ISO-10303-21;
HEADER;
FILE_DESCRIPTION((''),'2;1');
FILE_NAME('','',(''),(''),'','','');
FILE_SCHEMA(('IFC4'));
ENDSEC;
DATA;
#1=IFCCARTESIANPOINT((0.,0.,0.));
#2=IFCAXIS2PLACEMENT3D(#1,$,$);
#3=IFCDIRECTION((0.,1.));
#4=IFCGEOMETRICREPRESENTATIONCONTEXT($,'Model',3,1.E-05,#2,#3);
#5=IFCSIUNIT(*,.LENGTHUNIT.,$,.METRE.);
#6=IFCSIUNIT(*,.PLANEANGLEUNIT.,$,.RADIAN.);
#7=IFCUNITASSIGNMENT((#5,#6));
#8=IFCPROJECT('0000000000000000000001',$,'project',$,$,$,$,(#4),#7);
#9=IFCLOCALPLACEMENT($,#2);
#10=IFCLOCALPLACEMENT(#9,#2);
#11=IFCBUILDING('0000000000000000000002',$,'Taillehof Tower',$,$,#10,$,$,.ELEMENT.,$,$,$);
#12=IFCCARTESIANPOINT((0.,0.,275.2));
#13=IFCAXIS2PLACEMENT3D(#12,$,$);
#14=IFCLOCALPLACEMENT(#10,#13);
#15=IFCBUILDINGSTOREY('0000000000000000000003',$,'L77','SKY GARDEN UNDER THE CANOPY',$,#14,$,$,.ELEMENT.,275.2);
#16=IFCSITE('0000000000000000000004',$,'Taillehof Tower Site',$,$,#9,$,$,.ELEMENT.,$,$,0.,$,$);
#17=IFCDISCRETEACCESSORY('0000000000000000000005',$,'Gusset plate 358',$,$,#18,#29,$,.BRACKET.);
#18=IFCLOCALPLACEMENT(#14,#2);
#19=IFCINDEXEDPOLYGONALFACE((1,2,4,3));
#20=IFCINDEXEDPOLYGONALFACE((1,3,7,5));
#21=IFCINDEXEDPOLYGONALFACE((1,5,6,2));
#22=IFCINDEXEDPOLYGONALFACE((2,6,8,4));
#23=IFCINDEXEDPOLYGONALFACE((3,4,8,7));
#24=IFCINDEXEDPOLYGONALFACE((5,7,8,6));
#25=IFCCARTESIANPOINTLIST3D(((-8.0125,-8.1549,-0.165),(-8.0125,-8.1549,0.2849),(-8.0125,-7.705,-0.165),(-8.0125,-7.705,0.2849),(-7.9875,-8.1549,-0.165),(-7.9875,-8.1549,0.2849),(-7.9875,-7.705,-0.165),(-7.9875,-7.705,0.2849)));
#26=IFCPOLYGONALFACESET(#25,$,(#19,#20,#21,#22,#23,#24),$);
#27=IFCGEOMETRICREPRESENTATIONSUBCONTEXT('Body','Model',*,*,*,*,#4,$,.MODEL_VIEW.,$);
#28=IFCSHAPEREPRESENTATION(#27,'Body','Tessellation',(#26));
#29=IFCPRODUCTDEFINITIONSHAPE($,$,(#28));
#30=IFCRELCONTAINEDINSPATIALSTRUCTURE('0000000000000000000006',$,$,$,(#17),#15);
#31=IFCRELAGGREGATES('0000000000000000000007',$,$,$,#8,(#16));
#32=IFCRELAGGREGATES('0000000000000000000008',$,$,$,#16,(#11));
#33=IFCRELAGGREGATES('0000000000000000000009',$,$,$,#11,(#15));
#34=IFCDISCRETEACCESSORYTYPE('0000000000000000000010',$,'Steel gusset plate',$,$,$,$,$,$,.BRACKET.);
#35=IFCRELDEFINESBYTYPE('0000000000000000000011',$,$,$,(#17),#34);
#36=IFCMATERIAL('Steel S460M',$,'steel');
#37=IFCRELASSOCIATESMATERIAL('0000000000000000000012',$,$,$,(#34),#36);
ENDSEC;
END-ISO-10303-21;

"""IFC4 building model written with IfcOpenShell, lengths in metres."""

from ifc_helpers import new_model, si_unit, direction, frame, origin, origin_2d, place, context, subcontext, project, spatial, rectangle, extrude, material, type_object, element, save


model = new_model("IFC4")

# Units and contexts
model_context = context("Model", 3, precision=1e-05, world=origin(), true_north=direction((0.0, 1.0)))
body_context = subcontext(model_context, "Body", "Model", "MODEL_VIEW")
ifc_project = project(units=[si_unit("LENGTHUNIT", "METRE"), si_unit("PLANEANGLEUNIT", "RADIAN")], contexts=[model_context])

# Site, building, storey
site_placement = place(None, origin())
site = spatial("IfcSite", under=ifc_project, at=site_placement, Name="Taillehof Tower Site", CompositionType="ELEMENT", RefElevation=0.0)
building_placement = place(site_placement, origin())
building = spatial("IfcBuilding", under=site, at=building_placement, Name="Taillehof Tower", CompositionType="ELEMENT")
storey_placement = place(building_placement, frame((0.0, 0.0, 275.2)))
storey = spatial("IfcBuildingStorey", under=building, at=storey_placement, Name="L77", Description="SKY GARDEN UNDER THE CANOPY", CompositionType="ELEMENT", Elevation=275.2)

# Discrete accessory
ifc_material_1 = material(Name="Steel S460M", Category="steel")
discrete_accessory_type_1 = type_object("IfcDiscreteAccessoryType", Name="Steel gusset plate", PredefinedType="BRACKET", material=ifc_material_1)
for number, where, z_axis, x_axis, name in (
    (1, (-8.0, -7.9299, -0.165), (0.0, 0.0, 1.0), (0.0, 1.0, 0.0), "Gusset plate 358"),
):
    element("IfcDiscreteAccessory", number, at=place(storey_placement, frame(where, z_axis=z_axis, x_axis=x_axis)), inside=storey, type_object=discrete_accessory_type_1, Name=name, PredefinedType="BRACKET", context=body_context, shape_type="SweptSolid", body=[
        extrude(rectangle(XDim=0.45, YDim=0.0249, at=origin_2d()), origin(), (0.0, 0.0, 1.0), 0.45),
    ])

save(model, "model.ifc")
